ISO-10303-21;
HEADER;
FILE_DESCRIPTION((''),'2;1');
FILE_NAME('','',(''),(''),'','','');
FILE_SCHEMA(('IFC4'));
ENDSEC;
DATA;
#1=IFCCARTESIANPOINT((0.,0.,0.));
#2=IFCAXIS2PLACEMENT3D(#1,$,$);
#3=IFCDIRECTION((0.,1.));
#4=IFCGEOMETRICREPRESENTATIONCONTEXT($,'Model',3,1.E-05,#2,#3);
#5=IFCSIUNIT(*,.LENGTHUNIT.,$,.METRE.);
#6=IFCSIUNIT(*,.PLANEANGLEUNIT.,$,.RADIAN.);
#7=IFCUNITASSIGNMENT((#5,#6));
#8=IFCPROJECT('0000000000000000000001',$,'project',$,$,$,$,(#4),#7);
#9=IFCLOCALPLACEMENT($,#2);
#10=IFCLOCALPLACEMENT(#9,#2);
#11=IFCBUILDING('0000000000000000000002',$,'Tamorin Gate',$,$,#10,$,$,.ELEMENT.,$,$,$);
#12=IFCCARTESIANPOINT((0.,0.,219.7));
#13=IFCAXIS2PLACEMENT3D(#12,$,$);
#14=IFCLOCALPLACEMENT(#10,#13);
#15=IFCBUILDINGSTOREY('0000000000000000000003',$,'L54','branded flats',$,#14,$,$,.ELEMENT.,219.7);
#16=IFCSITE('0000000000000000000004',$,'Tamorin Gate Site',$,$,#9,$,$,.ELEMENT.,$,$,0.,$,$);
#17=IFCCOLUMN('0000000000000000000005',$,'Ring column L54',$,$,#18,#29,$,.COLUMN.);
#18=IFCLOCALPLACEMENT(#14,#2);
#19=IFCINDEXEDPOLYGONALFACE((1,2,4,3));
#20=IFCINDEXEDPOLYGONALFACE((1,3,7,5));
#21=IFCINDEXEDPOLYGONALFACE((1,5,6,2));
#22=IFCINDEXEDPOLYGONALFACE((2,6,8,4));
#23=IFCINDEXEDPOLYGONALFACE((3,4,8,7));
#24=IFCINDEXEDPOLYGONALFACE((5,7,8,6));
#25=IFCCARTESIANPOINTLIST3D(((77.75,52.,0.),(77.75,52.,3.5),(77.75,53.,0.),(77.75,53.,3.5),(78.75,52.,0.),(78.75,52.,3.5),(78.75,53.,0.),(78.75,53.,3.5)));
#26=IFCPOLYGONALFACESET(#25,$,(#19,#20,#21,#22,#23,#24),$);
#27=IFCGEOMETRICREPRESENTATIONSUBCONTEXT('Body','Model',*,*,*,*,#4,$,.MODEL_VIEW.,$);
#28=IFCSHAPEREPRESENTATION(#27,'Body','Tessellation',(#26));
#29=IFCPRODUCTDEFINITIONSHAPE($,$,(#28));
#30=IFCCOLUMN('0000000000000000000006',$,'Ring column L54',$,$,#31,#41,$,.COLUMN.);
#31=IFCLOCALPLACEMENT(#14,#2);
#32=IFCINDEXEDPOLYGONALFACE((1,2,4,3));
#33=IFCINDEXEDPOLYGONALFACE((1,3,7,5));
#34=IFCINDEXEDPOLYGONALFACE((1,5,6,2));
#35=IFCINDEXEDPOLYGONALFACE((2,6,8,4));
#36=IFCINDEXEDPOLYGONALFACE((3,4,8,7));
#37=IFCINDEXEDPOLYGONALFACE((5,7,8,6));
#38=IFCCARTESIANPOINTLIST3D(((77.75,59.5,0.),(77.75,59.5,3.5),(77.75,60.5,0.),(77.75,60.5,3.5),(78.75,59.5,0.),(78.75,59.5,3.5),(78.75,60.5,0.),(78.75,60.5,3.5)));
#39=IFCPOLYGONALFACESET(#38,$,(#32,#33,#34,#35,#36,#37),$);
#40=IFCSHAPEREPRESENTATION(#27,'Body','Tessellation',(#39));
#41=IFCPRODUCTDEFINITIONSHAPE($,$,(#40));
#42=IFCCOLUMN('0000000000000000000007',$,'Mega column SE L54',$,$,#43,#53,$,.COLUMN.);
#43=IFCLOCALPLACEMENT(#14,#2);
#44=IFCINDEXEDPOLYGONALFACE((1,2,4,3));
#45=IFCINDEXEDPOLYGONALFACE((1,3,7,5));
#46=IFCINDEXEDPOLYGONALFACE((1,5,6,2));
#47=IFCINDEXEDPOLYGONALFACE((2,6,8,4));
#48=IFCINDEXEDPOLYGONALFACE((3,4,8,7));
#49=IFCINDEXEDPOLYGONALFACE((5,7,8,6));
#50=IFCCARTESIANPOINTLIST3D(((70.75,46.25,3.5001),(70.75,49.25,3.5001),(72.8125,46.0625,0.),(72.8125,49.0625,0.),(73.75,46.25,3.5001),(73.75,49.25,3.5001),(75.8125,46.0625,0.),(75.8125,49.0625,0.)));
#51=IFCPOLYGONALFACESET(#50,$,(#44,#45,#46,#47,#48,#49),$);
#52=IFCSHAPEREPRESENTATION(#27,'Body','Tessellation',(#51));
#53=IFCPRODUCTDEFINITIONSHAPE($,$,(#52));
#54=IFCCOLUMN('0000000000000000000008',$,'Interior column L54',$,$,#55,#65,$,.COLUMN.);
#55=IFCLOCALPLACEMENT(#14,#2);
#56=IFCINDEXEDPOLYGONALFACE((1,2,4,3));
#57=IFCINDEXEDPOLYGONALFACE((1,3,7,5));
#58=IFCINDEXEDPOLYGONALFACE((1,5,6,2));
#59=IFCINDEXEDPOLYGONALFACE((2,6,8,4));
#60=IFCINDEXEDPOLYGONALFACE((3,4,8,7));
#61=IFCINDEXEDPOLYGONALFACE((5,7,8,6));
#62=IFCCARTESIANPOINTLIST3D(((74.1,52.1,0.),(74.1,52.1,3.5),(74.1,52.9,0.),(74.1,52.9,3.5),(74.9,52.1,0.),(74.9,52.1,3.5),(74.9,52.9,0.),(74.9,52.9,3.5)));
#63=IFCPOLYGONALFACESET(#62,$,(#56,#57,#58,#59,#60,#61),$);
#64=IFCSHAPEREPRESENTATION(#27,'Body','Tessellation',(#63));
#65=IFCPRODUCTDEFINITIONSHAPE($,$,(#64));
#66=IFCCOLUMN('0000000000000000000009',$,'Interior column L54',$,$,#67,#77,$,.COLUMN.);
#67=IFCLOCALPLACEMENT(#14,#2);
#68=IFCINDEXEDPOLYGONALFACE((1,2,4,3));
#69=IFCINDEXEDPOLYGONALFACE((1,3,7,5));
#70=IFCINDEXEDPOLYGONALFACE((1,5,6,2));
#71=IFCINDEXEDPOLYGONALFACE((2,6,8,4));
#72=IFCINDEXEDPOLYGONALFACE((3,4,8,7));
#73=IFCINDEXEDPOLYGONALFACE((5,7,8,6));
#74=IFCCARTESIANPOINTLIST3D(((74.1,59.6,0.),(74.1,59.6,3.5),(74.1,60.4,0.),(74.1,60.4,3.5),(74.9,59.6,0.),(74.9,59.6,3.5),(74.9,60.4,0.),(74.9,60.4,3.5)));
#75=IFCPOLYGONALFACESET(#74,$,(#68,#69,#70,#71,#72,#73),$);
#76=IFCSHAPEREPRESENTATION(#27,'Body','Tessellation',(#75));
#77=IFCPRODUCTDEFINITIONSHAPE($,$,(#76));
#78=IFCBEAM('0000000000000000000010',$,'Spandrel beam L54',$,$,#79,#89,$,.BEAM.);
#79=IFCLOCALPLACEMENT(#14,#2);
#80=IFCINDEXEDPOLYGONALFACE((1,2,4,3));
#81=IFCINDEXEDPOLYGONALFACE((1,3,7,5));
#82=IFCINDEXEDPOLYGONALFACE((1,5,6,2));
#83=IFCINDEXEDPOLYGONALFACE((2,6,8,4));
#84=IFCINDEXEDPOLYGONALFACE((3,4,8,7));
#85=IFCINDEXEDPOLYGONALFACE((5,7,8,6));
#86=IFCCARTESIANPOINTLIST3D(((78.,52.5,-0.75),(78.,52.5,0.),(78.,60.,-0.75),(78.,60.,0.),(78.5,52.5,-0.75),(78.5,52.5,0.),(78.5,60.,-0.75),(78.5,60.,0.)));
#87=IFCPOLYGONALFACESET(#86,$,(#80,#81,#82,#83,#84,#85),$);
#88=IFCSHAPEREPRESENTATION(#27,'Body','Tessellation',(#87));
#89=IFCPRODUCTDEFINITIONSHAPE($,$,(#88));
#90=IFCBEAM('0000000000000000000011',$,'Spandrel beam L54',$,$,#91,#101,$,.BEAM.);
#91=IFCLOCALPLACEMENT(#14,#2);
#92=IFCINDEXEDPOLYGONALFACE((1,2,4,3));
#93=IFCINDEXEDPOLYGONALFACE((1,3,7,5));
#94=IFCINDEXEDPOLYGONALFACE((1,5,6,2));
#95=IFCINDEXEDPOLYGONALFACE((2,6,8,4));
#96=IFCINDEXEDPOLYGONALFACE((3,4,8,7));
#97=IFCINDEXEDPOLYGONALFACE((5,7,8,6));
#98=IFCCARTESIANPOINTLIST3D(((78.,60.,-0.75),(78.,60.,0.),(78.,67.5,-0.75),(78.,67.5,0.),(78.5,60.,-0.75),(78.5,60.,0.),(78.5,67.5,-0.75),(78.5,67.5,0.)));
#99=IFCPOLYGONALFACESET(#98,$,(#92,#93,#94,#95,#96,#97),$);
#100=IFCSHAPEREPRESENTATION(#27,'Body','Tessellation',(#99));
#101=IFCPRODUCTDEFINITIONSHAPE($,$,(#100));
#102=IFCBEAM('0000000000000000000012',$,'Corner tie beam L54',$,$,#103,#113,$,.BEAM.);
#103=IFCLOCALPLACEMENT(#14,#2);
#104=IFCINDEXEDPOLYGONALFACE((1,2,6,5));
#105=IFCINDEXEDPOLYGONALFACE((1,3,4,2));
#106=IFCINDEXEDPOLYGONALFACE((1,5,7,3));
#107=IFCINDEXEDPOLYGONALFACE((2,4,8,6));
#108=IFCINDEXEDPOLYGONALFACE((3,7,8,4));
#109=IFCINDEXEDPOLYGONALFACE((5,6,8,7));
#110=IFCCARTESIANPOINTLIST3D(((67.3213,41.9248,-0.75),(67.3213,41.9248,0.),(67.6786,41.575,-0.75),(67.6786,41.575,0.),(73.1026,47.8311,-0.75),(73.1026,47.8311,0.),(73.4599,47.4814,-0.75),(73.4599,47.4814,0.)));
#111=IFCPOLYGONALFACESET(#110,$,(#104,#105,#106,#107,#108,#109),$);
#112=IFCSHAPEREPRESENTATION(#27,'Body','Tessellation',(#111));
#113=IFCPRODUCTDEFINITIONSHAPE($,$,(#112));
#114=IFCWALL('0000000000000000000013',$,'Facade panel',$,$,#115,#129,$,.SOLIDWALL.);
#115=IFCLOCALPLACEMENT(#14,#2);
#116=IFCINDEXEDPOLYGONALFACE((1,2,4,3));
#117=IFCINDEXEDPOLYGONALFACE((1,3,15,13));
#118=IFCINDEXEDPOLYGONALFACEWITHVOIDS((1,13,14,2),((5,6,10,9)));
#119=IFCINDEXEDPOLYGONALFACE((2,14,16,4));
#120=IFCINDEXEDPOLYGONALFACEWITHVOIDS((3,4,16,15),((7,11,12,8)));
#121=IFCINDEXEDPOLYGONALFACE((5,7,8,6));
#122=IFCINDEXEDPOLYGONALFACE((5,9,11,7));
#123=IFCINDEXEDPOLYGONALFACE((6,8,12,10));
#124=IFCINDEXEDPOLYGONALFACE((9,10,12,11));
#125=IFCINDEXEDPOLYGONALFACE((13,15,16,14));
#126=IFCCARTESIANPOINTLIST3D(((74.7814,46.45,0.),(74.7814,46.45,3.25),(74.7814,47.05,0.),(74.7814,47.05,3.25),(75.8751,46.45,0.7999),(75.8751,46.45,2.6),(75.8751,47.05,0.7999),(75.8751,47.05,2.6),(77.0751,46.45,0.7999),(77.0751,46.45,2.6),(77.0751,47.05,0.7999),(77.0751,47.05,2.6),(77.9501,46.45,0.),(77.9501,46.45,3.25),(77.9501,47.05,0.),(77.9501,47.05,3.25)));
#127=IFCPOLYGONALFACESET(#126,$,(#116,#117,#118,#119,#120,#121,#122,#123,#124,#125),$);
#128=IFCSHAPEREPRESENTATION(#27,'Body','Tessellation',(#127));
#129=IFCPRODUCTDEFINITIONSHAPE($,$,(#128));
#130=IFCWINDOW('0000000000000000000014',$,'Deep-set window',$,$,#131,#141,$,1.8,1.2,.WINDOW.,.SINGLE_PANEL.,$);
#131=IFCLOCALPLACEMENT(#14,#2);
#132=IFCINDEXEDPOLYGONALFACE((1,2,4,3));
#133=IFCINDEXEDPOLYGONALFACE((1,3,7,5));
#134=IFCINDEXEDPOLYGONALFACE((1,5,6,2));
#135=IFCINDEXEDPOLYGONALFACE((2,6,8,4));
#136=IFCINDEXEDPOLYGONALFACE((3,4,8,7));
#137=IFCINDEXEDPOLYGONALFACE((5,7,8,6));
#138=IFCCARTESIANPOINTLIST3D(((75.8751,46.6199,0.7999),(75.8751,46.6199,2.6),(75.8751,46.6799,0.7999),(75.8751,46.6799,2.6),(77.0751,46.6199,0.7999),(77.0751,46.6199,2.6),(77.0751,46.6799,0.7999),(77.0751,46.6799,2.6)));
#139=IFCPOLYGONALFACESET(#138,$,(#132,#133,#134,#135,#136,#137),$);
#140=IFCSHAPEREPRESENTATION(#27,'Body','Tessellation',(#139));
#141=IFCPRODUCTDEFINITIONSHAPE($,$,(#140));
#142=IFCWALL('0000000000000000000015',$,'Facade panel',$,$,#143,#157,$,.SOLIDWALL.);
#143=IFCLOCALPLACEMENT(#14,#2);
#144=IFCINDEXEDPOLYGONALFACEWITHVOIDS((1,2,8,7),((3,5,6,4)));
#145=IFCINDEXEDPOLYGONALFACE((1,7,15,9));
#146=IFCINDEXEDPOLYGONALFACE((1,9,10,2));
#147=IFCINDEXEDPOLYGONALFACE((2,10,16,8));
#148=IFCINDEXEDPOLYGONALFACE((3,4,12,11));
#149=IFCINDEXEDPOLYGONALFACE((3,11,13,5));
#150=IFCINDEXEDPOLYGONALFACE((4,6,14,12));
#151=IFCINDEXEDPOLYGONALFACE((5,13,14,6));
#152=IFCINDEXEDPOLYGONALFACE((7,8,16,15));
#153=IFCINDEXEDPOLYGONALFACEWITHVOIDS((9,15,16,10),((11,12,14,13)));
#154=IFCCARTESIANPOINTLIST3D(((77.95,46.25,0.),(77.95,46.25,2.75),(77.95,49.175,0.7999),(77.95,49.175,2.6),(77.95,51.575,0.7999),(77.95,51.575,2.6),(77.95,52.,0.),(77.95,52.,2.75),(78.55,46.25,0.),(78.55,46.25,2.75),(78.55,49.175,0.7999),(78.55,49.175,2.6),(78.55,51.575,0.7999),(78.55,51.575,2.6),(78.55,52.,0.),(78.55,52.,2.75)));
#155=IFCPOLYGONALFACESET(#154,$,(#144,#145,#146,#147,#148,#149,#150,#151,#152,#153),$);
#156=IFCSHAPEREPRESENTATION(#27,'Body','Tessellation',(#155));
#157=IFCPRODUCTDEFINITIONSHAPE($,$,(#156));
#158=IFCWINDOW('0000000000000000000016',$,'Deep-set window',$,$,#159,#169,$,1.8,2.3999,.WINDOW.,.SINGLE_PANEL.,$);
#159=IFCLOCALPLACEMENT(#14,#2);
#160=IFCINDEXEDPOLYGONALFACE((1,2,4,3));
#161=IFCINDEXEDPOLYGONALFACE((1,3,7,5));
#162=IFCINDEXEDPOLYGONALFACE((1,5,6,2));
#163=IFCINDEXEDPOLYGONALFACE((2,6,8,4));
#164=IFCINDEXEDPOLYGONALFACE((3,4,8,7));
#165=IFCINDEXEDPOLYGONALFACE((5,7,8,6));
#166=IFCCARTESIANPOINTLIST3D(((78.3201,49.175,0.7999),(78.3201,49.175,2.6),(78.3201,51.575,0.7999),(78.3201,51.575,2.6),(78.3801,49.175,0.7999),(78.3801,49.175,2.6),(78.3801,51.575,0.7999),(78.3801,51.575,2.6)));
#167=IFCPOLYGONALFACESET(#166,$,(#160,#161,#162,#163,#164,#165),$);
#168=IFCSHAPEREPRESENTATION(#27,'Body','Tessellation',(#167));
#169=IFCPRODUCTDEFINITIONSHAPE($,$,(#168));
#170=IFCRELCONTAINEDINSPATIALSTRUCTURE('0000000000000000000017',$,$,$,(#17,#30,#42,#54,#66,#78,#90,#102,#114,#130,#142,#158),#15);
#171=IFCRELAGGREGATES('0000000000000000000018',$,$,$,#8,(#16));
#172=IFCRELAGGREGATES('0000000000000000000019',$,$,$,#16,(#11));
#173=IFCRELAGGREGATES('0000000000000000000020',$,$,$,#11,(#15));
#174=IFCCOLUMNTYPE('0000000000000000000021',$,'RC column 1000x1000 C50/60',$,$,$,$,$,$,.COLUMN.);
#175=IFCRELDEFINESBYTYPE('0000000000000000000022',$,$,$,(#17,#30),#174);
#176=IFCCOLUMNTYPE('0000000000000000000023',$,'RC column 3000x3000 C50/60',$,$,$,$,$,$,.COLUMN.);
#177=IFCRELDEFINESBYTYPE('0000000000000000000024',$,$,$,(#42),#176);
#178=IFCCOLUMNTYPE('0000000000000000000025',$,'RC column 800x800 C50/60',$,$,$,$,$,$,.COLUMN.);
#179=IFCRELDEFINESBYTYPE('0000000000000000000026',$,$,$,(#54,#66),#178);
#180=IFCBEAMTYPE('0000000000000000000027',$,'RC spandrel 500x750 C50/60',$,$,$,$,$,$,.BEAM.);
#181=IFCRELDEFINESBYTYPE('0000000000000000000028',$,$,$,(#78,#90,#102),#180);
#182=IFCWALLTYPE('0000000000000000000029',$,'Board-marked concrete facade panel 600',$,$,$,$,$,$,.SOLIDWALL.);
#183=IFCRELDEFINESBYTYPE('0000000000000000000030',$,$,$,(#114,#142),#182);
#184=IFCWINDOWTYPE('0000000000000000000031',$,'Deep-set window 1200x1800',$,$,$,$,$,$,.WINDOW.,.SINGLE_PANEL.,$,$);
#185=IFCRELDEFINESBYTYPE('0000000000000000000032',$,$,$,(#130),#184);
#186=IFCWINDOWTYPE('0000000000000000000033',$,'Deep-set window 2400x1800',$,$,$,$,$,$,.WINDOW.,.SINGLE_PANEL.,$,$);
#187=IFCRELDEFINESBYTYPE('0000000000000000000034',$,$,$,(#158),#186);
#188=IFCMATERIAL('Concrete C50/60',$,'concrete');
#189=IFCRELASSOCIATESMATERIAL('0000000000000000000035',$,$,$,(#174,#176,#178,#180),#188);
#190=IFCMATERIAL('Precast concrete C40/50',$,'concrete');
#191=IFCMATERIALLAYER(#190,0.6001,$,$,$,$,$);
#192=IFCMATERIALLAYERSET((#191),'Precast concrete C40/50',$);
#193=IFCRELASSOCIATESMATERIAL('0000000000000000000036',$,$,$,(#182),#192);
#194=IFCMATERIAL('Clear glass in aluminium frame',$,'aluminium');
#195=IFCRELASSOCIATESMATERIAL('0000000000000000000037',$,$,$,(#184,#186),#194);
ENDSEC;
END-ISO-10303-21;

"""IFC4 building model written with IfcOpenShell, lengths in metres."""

from ifc_helpers import new_model, si_unit, direction, frame, frame_2d, origin, origin_2d, place, context, subcontext, project, spatial, rectangle, extrude, material, layer, layer_set, material_profile, profile_set, type_object, element, fill, save


model = new_model("IFC4")

# Units and contexts
model_context = context("Model", 3, precision=1e-05, world=origin(), true_north=direction((0.0, 1.0)))
body_context = subcontext(model_context, "Body", "Model", "MODEL_VIEW")
ifc_project = project(units=[si_unit("LENGTHUNIT", "METRE"), si_unit("PLANEANGLEUNIT", "RADIAN")], contexts=[model_context])

# Site, building, storey
site_placement = place(None, origin())
site = spatial("IfcSite", under=ifc_project, at=site_placement, Name="Tamorin Gate Site", CompositionType="ELEMENT", RefElevation=0.0)
building_placement = place(site_placement, origin())
building = spatial("IfcBuilding", under=site, at=building_placement, Name="Tamorin Gate", CompositionType="ELEMENT")
storey_placement = place(building_placement, frame((0.0, 0.0, 219.7)))
storey = spatial("IfcBuildingStorey", under=building, at=storey_placement, Name="L54", Description="branded flats", CompositionType="ELEMENT", Elevation=219.7)

# Columns
ifc_material_1 = material(Name="Concrete C50/60", Category="concrete")
ifc_material_profile_1 = material_profile(ifc_material_1, rectangle(XDim=1.0, YDim=1.0, at=origin_2d()), Name="RC 1000x1000")
ifc_profile_set_1 = profile_set([ifc_material_profile_1], Name="Concrete C50/60")
column_type_1 = type_object("IfcColumnType", Name="RC column 1000x1000 C50/60", PredefinedType="COLUMN", material=ifc_profile_set_1)
for number, where, z_axis, x_axis, name in (
    (1, (78.25, 52.5, 0.0), (0.0, 0.0, 1.0), (1.0, 0.0, 0.0), "Ring column L54"),
    (2, (78.25, 60.0, 0.0), (0.0, 0.0, 1.0), (1.0, 0.0, 0.0), "Ring column L54"),
):
    element("IfcColumn", number, at=place(storey_placement, frame(where, z_axis=z_axis, x_axis=x_axis)), inside=storey, type_object=column_type_1, Name=name, PredefinedType="COLUMN", context=body_context, shape_type="SweptSolid", body=[
        extrude(rectangle(XDim=1.0, YDim=1.0, at=origin_2d()), origin(), (0.0, 0.0, 1.0), 3.5),
    ])
ifc_material_profile_2 = material_profile(ifc_material_1, rectangle(XDim=3.0, YDim=3.0, at=origin_2d()), Name="RC 3000x3000")
ifc_profile_set_2 = profile_set([ifc_material_profile_2], Name="Concrete C50/60")
column_type_2 = type_object("IfcColumnType", Name="RC column 3000x3000 C50/60", PredefinedType="COLUMN", material=ifc_profile_set_2)
column_placement = place(storey_placement, frame((74.3125, 47.5625, 0.0), z_axis=(0.0, 0.0, 1.0), x_axis=(0.0, 1.0, 0.0)))
element("IfcColumn", 3, at=column_placement, inside=storey, type_object=column_type_2, Name="Mega column SE L54", PredefinedType="COLUMN", context=body_context, shape_type="SweptSolid", body=[
    extrude(rectangle(XDim=3.0, YDim=3.0, at=origin_2d()), origin(), (0.046105, 0.507152, 0.860622), 4.0669),
])
ifc_material_profile_3 = material_profile(ifc_material_1, rectangle(XDim=0.8, YDim=0.8, at=origin_2d()), Name="RC 800x800")
ifc_profile_set_3 = profile_set([ifc_material_profile_3], Name="Concrete C50/60")
column_type_3 = type_object("IfcColumnType", Name="RC column 800x800 C50/60", PredefinedType="COLUMN", material=ifc_profile_set_3)
for number, where, z_axis, x_axis, name in (
    (4, (74.5, 52.5, 0.0), (0.0, 0.0, 1.0), (1.0, 0.0, 0.0), "Interior column L54"),
    (5, (74.5, 60.0, 0.0), (0.0, 0.0, 1.0), (1.0, 0.0, 0.0), "Interior column L54"),
):
    element("IfcColumn", number, at=place(storey_placement, frame(where, z_axis=z_axis, x_axis=x_axis)), inside=storey, type_object=column_type_3, Name=name, PredefinedType="COLUMN", context=body_context, shape_type="SweptSolid", body=[
        extrude(rectangle(XDim=0.8, YDim=0.8, at=origin_2d()), origin(), (0.0, 0.0, 1.0), 3.5),
    ])

# Beams
ifc_material_profile_4 = material_profile(ifc_material_1, rectangle(XDim=0.5, YDim=0.75, at=origin_2d()), Name="RC 500x750")
ifc_profile_set_4 = profile_set([ifc_material_profile_4], Name="Concrete C50/60")
beam_type = type_object("IfcBeamType", Name="RC spandrel 500x750 C50/60", PredefinedType="BEAM", material=ifc_profile_set_4)
for number, where, z_axis, x_axis, name in (
    (6, (78.25, 52.5, -0.375), (0.0, 1.0, 0.0), (-1.0, 0.0, 0.0), "Spandrel beam L54"),
    (7, (78.25, 60.0, -0.375), (0.0, 1.0, 0.0), (-1.0, 0.0, 0.0), "Spandrel beam L54"),
):
    element("IfcBeam", number, at=place(storey_placement, frame(where, z_axis=z_axis, x_axis=x_axis)), inside=storey, type_object=beam_type, Name=name, PredefinedType="BEAM", context=body_context, shape_type="SweptSolid", body=[
        extrude(rectangle(XDim=0.5, YDim=0.75, at=origin_2d()), origin(), (0.0, 0.0, 1.0), 7.5),
    ])
beam_placement = place(storey_placement, frame((73.2812, 47.6562, -0.375), z_axis=(-0.699504, -0.714629, 0.0), x_axis=(0.714629, -0.699504, 0.0)))
element("IfcBeam", 8, at=beam_placement, inside=storey, type_object=beam_type, Name="Corner tie beam L54", PredefinedType="BEAM", context=body_context, shape_type="SweptSolid", body=[
    extrude(rectangle(XDim=0.5, YDim=0.75, at=origin_2d()), origin(), (0.0, 0.0, 1.0), 8.2649),
])

# Walls, openings, windows
ifc_material_2 = material(Name="Precast concrete C40/50", Category="concrete")
ifc_layer_1 = layer(ifc_material_2, 0.6001)
ifc_layer_set_1 = layer_set([ifc_layer_1], Name="Precast concrete C40/50")
wall_type_1 = type_object("IfcWallType", Name="Board-marked concrete facade panel 600", PredefinedType="SOLIDWALL", material=ifc_layer_set_1)
wall_1_placement = place(storey_placement, frame((74.7812, 46.75, 0.0), z_axis=(0.0, 0.0, 1.0), x_axis=(1.0, 0.0, 0.0)))
wall_1 = element("IfcWall", 9, at=wall_1_placement, inside=storey, type_object=wall_type_1, Name="Facade panel", PredefinedType="SOLIDWALL", context=body_context, shape_type="SweptSolid", body=[
    extrude(rectangle(XDim=3.1687, YDim=0.6001, at=frame_2d((1.5845, 0.0))), origin(), (0.0, 0.0, 1.0), 3.25),
])
opening_1_placement = place(wall_1_placement, frame((1.0938, 0.0, 0.8)))
opening_1 = element("IfcOpeningElement", 10, at=opening_1_placement, cuts=wall_1, PredefinedType="OPENING", context=body_context, shape_type="SweptSolid", body=[
    extrude(rectangle(XDim=1.2, YDim=1.8, at=frame_2d((0.6001, 0.8999))), frame((0.0, 0.3101, 0.0), z_axis=(0.0, -1.0, 0.0), x_axis=(1.0, 0.0, 0.0)), (0.0, 0.0, 1.0), 0.6201),
])
ifc_material_3 = material(Name="Clear glass in aluminium frame", Category="aluminium")
window_type_1 = type_object("IfcWindowType", Name="Deep-set window 1200x1800", PartitioningType="SINGLE_PANEL", PredefinedType="WINDOW", material=ifc_material_3)
window_1_placement = place(opening_1_placement, origin())
window_1 = element("IfcWindow", 11, at=window_1_placement, inside=storey, type_object=window_type_1, Name="Deep-set window", OverallHeight=1.8, OverallWidth=1.2, PartitioningType="SINGLE_PANEL", PredefinedType="WINDOW", context=body_context, shape_type="SweptSolid", body=[
    extrude(rectangle(XDim=1.2, YDim=1.8, at=frame_2d((0.6001, 0.8999))), frame((0.0, -0.0701, 0.0), z_axis=(0.0, -1.0, 0.0), x_axis=(1.0, 0.0, 0.0)), (0.0, 0.0, 1.0), 0.0601),
])
fill(opening_1, window_1)
wall_2_placement = place(storey_placement, frame((78.25, 46.25, 0.0), z_axis=(0.0, 0.0, 1.0), x_axis=(0.0, 1.0, 0.0)))
wall_2 = element("IfcWall", 12, at=wall_2_placement, inside=storey, type_object=wall_type_1, Name="Facade panel", PredefinedType="SOLIDWALL", context=body_context, shape_type="SweptSolid", body=[
    extrude(rectangle(XDim=5.75, YDim=0.6001, at=frame_2d((2.875, 0.0))), origin(), (0.0, 0.0, 1.0), 2.75),
])
opening_2_placement = place(wall_2_placement, frame((2.925, 0.0, 0.8)))
opening_2 = element("IfcOpeningElement", 13, at=opening_2_placement, cuts=wall_2, PredefinedType="OPENING", context=body_context, shape_type="SweptSolid", body=[
    extrude(rectangle(XDim=2.3999, YDim=1.8, at=frame_2d((1.2, 0.8999))), frame((0.0, 0.3101, 0.0), z_axis=(0.0, -1.0, 0.0), x_axis=(1.0, 0.0, 0.0)), (0.0, 0.0, 1.0), 0.6201),
])
window_type_2 = type_object("IfcWindowType", Name="Deep-set window 2400x1800", PartitioningType="SINGLE_PANEL", PredefinedType="WINDOW", material=ifc_material_3)
window_2_placement = place(opening_2_placement, origin())
window_2 = element("IfcWindow", 14, at=window_2_placement, inside=storey, type_object=window_type_2, Name="Deep-set window", OverallHeight=1.8, OverallWidth=2.3999, PartitioningType="SINGLE_PANEL", PredefinedType="WINDOW", context=body_context, shape_type="SweptSolid", body=[
    extrude(rectangle(XDim=2.3999, YDim=1.8, at=frame_2d((1.2, 0.8999))), frame((0.0, -0.0701, 0.0), z_axis=(0.0, -1.0, 0.0), x_axis=(1.0, 0.0, 0.0)), (0.0, 0.0, 1.0), 0.0601),
])
fill(opening_2, window_2)

save(model, "model.ifc")
